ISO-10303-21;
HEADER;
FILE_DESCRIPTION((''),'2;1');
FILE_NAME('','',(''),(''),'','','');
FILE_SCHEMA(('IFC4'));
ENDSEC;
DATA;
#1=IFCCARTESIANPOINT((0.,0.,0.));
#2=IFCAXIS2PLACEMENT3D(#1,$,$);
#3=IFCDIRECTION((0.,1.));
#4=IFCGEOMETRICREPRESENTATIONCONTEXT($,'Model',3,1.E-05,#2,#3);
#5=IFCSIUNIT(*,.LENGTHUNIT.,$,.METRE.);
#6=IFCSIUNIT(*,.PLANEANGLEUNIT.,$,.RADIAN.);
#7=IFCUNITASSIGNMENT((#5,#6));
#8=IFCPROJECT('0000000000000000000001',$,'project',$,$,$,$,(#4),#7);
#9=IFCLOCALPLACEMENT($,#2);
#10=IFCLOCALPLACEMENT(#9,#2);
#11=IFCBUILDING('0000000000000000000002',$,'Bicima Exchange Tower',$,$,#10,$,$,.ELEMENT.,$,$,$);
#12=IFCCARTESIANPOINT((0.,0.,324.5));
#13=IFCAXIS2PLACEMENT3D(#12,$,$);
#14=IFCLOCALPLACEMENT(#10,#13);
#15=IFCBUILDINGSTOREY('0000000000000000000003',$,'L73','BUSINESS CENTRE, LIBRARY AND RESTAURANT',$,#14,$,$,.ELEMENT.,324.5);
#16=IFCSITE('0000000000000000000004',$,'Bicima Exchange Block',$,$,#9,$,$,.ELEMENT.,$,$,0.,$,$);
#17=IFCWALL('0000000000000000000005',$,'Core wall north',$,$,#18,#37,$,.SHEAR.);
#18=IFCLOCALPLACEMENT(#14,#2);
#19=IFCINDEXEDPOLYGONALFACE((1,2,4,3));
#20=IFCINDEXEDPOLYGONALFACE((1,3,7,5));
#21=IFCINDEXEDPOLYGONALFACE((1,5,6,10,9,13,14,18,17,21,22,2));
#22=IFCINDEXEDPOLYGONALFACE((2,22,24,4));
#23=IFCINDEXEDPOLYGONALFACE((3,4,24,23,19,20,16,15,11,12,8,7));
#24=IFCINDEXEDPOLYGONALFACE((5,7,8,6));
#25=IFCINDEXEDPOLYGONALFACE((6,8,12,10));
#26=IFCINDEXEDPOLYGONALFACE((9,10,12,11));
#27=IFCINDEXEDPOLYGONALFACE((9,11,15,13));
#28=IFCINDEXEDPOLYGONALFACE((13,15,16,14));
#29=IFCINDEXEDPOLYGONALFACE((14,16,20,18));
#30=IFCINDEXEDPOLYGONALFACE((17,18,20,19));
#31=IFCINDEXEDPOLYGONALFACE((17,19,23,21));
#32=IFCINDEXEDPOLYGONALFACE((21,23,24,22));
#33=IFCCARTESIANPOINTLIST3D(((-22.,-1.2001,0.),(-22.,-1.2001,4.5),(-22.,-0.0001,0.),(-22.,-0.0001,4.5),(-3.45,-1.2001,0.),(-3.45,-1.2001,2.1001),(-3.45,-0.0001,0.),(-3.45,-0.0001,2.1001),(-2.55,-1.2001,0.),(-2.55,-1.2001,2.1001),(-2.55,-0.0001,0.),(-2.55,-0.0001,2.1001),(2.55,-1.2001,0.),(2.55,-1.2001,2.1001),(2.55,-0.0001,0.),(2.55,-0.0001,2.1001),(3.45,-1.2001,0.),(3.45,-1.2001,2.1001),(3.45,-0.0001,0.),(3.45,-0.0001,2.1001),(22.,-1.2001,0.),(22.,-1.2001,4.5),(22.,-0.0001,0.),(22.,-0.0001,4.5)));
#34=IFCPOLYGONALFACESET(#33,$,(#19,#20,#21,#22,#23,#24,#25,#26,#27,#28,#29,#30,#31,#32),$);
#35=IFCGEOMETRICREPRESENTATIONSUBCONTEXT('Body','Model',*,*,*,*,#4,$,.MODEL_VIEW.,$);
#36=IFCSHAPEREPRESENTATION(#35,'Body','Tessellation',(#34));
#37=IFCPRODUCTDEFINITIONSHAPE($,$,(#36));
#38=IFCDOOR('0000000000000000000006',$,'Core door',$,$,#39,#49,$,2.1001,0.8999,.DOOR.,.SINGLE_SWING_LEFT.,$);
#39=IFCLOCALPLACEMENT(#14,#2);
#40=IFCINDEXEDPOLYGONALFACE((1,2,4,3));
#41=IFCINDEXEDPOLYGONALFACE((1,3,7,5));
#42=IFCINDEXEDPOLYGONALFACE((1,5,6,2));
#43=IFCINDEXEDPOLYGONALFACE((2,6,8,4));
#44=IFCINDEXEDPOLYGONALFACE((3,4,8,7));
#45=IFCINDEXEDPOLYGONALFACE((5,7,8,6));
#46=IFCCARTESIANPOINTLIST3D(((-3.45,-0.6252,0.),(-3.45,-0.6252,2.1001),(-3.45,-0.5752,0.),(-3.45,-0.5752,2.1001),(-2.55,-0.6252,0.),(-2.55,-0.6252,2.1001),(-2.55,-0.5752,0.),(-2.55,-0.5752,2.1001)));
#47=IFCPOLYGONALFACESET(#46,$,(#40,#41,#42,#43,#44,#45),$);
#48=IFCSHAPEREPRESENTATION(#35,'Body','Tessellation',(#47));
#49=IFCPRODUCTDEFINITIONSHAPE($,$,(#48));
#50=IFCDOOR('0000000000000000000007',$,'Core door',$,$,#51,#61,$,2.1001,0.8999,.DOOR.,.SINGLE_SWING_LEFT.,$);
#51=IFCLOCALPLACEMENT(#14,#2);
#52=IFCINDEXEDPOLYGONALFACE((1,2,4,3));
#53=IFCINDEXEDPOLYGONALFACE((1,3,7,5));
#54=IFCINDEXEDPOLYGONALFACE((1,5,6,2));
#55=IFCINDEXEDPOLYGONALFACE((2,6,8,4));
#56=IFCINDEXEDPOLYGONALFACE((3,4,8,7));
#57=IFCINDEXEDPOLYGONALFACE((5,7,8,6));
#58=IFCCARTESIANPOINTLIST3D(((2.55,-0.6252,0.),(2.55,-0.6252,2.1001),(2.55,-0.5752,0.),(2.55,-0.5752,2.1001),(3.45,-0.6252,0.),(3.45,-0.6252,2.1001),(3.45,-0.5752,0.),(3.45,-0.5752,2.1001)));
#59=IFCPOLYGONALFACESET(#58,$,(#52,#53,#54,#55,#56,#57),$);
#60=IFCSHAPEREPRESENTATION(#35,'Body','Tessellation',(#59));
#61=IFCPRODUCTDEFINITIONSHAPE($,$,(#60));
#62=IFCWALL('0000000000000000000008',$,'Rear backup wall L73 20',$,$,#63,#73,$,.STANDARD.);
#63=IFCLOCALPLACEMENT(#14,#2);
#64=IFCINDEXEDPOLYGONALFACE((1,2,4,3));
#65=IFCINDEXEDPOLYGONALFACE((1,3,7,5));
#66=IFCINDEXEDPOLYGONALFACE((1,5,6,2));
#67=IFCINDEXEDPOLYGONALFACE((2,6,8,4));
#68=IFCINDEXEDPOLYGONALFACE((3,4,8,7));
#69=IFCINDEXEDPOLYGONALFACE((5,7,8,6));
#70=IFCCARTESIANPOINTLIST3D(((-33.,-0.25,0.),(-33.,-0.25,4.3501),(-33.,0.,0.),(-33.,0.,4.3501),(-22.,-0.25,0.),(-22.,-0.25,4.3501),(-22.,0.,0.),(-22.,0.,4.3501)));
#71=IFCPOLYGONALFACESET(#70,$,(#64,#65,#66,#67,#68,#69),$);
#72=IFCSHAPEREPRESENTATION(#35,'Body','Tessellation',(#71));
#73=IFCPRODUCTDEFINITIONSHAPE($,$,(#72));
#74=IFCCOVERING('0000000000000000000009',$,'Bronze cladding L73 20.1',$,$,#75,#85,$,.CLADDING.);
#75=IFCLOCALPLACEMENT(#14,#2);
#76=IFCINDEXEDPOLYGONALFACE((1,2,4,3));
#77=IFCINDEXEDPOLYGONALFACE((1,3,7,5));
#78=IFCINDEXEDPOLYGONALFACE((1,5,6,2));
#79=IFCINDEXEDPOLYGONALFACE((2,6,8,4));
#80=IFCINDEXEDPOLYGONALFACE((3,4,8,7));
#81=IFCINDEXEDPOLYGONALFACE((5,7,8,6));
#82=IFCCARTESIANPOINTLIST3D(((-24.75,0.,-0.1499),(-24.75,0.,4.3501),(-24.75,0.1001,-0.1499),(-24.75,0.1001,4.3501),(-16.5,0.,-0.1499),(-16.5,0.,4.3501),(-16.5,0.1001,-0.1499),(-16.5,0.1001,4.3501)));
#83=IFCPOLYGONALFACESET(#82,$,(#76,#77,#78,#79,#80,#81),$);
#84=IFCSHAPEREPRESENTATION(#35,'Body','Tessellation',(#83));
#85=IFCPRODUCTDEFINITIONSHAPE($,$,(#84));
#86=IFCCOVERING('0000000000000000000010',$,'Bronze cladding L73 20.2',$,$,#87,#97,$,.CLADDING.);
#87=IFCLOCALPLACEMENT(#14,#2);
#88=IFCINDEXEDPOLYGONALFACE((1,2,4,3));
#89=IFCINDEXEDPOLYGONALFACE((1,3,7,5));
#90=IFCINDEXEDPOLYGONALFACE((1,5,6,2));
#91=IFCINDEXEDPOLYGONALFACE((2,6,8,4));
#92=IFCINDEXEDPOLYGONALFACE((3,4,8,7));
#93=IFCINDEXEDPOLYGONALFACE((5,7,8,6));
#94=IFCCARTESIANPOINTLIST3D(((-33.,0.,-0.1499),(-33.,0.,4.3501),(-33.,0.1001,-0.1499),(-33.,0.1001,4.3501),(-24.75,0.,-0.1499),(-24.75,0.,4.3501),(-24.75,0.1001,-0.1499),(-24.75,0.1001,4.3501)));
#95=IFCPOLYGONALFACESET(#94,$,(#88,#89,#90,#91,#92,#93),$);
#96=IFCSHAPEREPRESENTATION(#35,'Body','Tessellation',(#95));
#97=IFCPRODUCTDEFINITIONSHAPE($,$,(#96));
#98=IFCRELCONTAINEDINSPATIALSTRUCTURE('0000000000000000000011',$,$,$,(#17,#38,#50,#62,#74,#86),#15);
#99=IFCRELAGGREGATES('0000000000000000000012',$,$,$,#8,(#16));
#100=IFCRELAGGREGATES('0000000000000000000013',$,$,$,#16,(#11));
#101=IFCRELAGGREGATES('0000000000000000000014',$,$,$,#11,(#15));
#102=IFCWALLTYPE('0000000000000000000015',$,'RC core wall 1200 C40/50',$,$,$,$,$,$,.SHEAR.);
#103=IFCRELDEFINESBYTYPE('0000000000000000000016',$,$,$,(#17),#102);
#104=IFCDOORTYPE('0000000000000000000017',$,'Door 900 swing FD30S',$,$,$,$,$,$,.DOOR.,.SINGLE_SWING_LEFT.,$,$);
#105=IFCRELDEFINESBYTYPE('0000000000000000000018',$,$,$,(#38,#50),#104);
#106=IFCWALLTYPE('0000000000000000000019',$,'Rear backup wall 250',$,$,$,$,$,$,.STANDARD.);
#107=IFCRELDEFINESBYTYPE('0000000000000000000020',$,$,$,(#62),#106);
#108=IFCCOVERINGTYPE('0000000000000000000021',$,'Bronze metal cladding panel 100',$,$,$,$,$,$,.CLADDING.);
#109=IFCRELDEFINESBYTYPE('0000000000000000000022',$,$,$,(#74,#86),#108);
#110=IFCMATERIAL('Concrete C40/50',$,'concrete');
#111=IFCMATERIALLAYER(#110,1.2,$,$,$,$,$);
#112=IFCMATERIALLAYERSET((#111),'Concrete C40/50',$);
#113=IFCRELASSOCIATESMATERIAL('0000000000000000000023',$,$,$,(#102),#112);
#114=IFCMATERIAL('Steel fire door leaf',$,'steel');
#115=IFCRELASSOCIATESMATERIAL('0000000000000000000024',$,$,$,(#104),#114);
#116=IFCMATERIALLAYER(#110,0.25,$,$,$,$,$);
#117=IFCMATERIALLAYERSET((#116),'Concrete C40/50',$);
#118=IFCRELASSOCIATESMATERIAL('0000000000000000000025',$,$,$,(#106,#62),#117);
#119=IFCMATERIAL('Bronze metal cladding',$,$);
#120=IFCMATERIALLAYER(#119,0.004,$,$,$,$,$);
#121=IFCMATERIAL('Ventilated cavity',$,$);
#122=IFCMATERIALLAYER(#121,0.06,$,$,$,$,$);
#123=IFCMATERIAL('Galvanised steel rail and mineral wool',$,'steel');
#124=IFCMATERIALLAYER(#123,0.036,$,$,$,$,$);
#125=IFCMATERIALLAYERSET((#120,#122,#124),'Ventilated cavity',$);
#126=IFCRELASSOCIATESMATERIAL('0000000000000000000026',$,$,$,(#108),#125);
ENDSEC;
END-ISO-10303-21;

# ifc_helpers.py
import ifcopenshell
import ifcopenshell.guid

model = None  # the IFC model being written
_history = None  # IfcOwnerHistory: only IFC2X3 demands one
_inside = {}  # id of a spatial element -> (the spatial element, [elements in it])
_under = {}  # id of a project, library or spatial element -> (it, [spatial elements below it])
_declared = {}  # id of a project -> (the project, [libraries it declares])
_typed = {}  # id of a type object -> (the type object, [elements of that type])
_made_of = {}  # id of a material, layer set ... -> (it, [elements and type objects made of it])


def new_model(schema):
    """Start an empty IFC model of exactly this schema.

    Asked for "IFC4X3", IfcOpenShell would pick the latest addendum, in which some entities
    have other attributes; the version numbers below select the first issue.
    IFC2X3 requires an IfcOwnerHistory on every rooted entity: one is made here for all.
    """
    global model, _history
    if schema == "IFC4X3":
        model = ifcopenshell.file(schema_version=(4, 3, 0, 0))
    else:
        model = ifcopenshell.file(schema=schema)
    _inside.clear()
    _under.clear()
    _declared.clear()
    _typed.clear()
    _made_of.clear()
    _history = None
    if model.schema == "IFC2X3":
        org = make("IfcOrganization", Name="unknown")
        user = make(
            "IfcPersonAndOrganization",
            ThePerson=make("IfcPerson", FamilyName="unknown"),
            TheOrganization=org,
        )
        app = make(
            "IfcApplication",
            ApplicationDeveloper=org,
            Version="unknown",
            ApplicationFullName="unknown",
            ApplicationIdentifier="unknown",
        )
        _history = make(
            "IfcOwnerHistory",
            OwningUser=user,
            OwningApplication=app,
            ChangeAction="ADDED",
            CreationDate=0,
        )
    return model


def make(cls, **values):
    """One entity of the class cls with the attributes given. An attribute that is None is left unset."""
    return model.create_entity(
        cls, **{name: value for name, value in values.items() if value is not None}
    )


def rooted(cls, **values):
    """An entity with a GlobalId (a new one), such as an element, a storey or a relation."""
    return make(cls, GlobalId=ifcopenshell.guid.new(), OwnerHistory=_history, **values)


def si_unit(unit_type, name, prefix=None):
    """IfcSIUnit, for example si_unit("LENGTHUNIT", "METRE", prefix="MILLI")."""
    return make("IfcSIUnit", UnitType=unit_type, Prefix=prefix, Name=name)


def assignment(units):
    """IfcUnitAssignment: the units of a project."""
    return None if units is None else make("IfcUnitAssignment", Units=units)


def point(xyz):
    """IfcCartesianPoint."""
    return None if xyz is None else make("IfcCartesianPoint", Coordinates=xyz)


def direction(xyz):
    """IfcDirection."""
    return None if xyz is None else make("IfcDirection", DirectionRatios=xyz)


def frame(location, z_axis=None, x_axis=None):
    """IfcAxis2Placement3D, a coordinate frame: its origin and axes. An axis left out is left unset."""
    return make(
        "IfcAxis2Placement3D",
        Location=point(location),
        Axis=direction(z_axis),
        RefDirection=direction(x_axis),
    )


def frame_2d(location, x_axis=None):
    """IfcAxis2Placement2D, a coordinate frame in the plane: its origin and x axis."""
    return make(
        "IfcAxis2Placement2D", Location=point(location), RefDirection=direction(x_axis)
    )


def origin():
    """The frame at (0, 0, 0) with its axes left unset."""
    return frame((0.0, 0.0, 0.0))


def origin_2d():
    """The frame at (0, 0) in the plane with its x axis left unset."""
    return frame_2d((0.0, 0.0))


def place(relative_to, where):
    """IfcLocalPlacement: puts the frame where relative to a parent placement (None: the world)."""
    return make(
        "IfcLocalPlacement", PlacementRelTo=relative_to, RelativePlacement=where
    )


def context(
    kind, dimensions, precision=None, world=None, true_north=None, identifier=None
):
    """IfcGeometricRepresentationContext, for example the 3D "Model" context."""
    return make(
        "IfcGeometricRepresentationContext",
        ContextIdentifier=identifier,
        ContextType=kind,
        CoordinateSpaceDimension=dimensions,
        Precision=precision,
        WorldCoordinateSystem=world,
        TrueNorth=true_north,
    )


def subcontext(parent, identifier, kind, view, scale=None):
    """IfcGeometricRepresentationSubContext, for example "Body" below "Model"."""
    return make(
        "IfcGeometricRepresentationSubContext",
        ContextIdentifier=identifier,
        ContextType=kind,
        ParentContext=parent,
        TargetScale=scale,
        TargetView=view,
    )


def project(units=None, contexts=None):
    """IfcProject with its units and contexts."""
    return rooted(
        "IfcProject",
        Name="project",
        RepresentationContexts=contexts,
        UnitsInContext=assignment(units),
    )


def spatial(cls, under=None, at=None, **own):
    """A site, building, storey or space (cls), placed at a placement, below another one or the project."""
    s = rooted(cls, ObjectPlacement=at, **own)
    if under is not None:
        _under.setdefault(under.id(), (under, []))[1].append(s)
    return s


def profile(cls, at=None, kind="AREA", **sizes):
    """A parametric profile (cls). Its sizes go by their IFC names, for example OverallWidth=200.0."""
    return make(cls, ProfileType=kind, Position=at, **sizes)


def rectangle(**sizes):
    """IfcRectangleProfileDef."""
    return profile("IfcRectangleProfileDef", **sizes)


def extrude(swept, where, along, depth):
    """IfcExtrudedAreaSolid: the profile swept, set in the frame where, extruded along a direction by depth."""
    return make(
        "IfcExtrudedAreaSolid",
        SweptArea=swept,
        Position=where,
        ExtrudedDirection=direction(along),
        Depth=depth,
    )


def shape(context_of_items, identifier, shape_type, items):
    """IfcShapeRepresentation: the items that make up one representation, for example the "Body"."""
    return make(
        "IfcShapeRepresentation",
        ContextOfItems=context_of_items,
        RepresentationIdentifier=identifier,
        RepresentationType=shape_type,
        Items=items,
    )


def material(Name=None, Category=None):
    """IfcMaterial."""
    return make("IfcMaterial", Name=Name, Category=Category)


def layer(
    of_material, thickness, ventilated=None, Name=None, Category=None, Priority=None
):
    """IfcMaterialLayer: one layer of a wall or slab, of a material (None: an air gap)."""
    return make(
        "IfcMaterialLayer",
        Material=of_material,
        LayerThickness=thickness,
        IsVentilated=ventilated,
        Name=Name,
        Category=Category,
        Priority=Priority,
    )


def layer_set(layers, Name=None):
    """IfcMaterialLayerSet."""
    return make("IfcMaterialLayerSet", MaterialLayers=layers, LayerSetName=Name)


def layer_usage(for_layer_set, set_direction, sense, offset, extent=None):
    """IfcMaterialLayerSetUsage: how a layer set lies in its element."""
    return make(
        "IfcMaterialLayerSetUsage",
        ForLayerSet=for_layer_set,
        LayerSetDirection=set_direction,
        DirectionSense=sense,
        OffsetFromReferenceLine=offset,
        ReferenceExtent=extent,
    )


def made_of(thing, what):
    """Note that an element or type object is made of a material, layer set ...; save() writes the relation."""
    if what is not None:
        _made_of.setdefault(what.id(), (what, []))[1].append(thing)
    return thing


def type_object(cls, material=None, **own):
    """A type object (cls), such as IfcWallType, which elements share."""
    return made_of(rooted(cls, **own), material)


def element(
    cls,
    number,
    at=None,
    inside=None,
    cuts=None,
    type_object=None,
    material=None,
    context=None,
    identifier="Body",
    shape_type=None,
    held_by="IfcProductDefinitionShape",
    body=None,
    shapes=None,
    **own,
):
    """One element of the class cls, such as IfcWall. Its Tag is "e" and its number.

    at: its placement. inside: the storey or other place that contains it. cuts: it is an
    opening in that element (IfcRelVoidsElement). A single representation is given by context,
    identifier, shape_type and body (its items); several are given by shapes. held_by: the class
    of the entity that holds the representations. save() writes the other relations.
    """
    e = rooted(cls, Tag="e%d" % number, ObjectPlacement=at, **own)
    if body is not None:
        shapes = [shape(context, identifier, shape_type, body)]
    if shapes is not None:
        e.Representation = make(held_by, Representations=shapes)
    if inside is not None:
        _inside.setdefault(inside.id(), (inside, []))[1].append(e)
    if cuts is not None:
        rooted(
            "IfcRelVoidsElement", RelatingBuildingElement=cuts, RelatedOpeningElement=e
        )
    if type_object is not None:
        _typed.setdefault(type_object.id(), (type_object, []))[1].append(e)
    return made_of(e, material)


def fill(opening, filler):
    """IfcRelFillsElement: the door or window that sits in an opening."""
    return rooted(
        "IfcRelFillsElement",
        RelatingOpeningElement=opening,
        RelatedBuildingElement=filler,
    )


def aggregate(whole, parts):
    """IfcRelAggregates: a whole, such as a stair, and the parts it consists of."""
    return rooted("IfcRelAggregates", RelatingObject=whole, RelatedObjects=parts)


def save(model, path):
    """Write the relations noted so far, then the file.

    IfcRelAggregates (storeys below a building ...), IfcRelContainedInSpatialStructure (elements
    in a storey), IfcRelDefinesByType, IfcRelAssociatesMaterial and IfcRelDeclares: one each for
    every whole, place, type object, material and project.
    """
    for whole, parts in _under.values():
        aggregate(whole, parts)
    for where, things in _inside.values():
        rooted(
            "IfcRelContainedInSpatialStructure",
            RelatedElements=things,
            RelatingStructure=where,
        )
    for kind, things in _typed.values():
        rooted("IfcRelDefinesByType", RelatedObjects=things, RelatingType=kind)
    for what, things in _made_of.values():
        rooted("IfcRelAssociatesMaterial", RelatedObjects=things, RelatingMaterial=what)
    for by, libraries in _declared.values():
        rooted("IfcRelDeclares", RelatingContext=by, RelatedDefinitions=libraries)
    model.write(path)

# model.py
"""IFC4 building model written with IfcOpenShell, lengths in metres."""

from ifc_helpers import new_model, si_unit, direction, frame, frame_2d, origin, origin_2d, place, context, subcontext, project, spatial, rectangle, extrude, material, layer, layer_set, layer_usage, type_object, element, fill, save


model = new_model("IFC4")

# Units and contexts
model_context = context("Model", 3, precision=1e-05, world=origin(), true_north=direction((0.0, 1.0)))
body_context = subcontext(model_context, "Body", "Model", "MODEL_VIEW")
ifc_project = project(units=[si_unit("LENGTHUNIT", "METRE"), si_unit("PLANEANGLEUNIT", "RADIAN")], contexts=[model_context])

# Site, building, storey
site_placement = place(None, origin())
site = spatial("IfcSite", under=ifc_project, at=site_placement, Name="Bicima Exchange Block", CompositionType="ELEMENT", RefElevation=0.0)
building_placement = place(site_placement, origin())
building = spatial("IfcBuilding", under=site, at=building_placement, Name="Bicima Exchange Tower", CompositionType="ELEMENT")
storey_placement = place(building_placement, frame((0.0, 0.0, 324.5)))
storey = spatial("IfcBuildingStorey", under=building, at=storey_placement, Name="L73", Description="BUSINESS CENTRE, LIBRARY AND RESTAURANT", CompositionType="ELEMENT", Elevation=324.5)

# Wall, openings, doors
ifc_material_1 = material(Name="Concrete C40/50", Category="concrete")
ifc_layer_1 = layer(ifc_material_1, 1.2)
ifc_layer_set_1 = layer_set([ifc_layer_1], Name="Concrete C40/50")
wall_type_1 = type_object("IfcWallType", Name="RC core wall 1200 C40/50", PredefinedType="SHEAR", material=ifc_layer_set_1)
wall_1_placement = place(storey_placement, frame((-22.0, -0.6001, 0.0), z_axis=(0.0, 0.0, 1.0), x_axis=(1.0, 0.0, 0.0)))
wall_1 = element("IfcWall", 1, at=wall_1_placement, inside=storey, type_object=wall_type_1, Name="Core wall north", PredefinedType="SHEAR", context=body_context, shape_type="SweptSolid", body=[
    extrude(rectangle(XDim=44.0, YDim=1.2, at=frame_2d((22.0, 0.0))), origin(), (0.0, 0.0, 1.0), 4.5),
])
opening_1_placement = place(wall_1_placement, frame((18.55, 0.0, 0.0)))
opening_1 = element("IfcOpeningElement", 2, at=opening_1_placement, cuts=wall_1, PredefinedType="OPENING", context=body_context, shape_type="SweptSolid", body=[
    extrude(rectangle(XDim=0.8999, YDim=2.1001, at=frame_2d((0.45, 1.05))), frame((0.0, 0.6118, 0.0), z_axis=(0.0, -1.0, 0.0), x_axis=(1.0, 0.0, 0.0)), (0.0, 0.0, 1.0), 1.2239),
])
opening_2_placement = place(wall_1_placement, frame((24.55, 0.0, 0.0)))
opening_2 = element("IfcOpeningElement", 3, at=opening_2_placement, cuts=wall_1, PredefinedType="OPENING", context=body_context, shape_type="SweptSolid", body=[
    extrude(rectangle(XDim=0.8999, YDim=2.1001, at=frame_2d((0.45, 1.05))), frame((0.0, 0.6118, 0.0), z_axis=(0.0, -1.0, 0.0), x_axis=(1.0, 0.0, 0.0)), (0.0, 0.0, 1.0), 1.2239),
])
ifc_material_2 = material(Name="Steel fire door leaf", Category="steel")
door_type = type_object("IfcDoorType", Name="Door 900 swing FD30S", OperationType="SINGLE_SWING_LEFT", PredefinedType="DOOR", material=ifc_material_2)
door_1_placement = place(opening_1_placement, origin())
door_1 = element("IfcDoor", 4, at=door_1_placement, inside=storey, type_object=door_type, Name="Core door", OperationType="SINGLE_SWING_LEFT", OverallHeight=2.1001, OverallWidth=0.8999, PredefinedType="DOOR", context=body_context, shape_type="SweptSolid", body=[
    extrude(rectangle(XDim=0.8999, YDim=2.1001, at=frame_2d((0.45, 1.05))), frame((0.0, 0.0249, 0.0), z_axis=(0.0, -1.0, 0.0), x_axis=(1.0, 0.0, 0.0)), (0.0, 0.0, 1.0), 0.05),
])
fill(opening_1, door_1)
door_2_placement = place(opening_2_placement, origin())
door_2 = element("IfcDoor", 5, at=door_2_placement, inside=storey, type_object=door_type, Name="Core door", OperationType="SINGLE_SWING_LEFT", OverallHeight=2.1001, OverallWidth=0.8999, PredefinedType="DOOR", context=body_context, shape_type="SweptSolid", body=[
    extrude(rectangle(XDim=0.8999, YDim=2.1001, at=frame_2d((0.45, 1.05))), frame((0.0, 0.0249, 0.0), z_axis=(0.0, -1.0, 0.0), x_axis=(1.0, 0.0, 0.0)), (0.0, 0.0, 1.0), 0.05),
])
fill(opening_2, door_2)

# Wall
ifc_layer_2 = layer(ifc_material_1, 0.25)
ifc_layer_set_2 = layer_set([ifc_layer_2], Name="Concrete C40/50")
ifc_layer_usage = layer_usage(ifc_layer_set_2, "AXIS2", "POSITIVE", -0.125)
wall_type_2 = type_object("IfcWallType", Name="Rear backup wall 250", PredefinedType="STANDARD", material=ifc_layer_set_2)
wall_2_placement = place(storey_placement, frame((-22.0, -0.125, 0.0), z_axis=(0.0, 0.0, 1.0), x_axis=(-1.0, 0.0, 0.0)))
element("IfcWall", 6, at=wall_2_placement, inside=storey, type_object=wall_type_2, material=ifc_layer_usage, Name="Rear backup wall L73 20", PredefinedType="STANDARD", context=body_context, shape_type="SweptSolid", body=[
    extrude(rectangle(XDim=11.0, YDim=0.25, at=frame_2d((5.5, 0.0))), origin(), (0.0, 0.0, 1.0), 4.3501),
])

# Coverings
ifc_material_3 = material(Name="Bronze metal cladding")
ifc_layer_3 = layer(ifc_material_3, 0.004)
ifc_material_4 = material(Name="Ventilated cavity")
ifc_layer_4 = layer(ifc_material_4, 0.06)
ifc_material_5 = material(Name="Galvanised steel rail and mineral wool", Category="steel")
ifc_layer_5 = layer(ifc_material_5, 0.036)
ifc_layer_set_3 = layer_set([ifc_layer_3, ifc_layer_4, ifc_layer_5], Name="Ventilated cavity")
covering_type = type_object("IfcCoveringType", Name="Bronze metal cladding panel 100", PredefinedType="CLADDING", material=ifc_layer_set_3)
for number, where, z_axis, x_axis, name in (
    (7, (-20.625, 0.05, -0.1499), (0.0, 0.0, 1.0), (-1.0, 0.0, 0.0), "Bronze cladding L73 20.1"),
    (8, (-28.875, 0.05, -0.1499), (0.0, 0.0, 1.0), (-1.0, 0.0, 0.0), "Bronze cladding L73 20.2"),
):
    element("IfcCovering", number, at=place(storey_placement, frame(where, z_axis=z_axis, x_axis=x_axis)), inside=storey, type_object=covering_type, Name=name, PredefinedType="CLADDING", context=body_context, shape_type="SweptSolid", body=[
        extrude(rectangle(XDim=8.25, YDim=0.1001, at=origin_2d()), origin(), (0.0, 0.0, 1.0), 4.5),
    ])

save(model, "model.ifc")
